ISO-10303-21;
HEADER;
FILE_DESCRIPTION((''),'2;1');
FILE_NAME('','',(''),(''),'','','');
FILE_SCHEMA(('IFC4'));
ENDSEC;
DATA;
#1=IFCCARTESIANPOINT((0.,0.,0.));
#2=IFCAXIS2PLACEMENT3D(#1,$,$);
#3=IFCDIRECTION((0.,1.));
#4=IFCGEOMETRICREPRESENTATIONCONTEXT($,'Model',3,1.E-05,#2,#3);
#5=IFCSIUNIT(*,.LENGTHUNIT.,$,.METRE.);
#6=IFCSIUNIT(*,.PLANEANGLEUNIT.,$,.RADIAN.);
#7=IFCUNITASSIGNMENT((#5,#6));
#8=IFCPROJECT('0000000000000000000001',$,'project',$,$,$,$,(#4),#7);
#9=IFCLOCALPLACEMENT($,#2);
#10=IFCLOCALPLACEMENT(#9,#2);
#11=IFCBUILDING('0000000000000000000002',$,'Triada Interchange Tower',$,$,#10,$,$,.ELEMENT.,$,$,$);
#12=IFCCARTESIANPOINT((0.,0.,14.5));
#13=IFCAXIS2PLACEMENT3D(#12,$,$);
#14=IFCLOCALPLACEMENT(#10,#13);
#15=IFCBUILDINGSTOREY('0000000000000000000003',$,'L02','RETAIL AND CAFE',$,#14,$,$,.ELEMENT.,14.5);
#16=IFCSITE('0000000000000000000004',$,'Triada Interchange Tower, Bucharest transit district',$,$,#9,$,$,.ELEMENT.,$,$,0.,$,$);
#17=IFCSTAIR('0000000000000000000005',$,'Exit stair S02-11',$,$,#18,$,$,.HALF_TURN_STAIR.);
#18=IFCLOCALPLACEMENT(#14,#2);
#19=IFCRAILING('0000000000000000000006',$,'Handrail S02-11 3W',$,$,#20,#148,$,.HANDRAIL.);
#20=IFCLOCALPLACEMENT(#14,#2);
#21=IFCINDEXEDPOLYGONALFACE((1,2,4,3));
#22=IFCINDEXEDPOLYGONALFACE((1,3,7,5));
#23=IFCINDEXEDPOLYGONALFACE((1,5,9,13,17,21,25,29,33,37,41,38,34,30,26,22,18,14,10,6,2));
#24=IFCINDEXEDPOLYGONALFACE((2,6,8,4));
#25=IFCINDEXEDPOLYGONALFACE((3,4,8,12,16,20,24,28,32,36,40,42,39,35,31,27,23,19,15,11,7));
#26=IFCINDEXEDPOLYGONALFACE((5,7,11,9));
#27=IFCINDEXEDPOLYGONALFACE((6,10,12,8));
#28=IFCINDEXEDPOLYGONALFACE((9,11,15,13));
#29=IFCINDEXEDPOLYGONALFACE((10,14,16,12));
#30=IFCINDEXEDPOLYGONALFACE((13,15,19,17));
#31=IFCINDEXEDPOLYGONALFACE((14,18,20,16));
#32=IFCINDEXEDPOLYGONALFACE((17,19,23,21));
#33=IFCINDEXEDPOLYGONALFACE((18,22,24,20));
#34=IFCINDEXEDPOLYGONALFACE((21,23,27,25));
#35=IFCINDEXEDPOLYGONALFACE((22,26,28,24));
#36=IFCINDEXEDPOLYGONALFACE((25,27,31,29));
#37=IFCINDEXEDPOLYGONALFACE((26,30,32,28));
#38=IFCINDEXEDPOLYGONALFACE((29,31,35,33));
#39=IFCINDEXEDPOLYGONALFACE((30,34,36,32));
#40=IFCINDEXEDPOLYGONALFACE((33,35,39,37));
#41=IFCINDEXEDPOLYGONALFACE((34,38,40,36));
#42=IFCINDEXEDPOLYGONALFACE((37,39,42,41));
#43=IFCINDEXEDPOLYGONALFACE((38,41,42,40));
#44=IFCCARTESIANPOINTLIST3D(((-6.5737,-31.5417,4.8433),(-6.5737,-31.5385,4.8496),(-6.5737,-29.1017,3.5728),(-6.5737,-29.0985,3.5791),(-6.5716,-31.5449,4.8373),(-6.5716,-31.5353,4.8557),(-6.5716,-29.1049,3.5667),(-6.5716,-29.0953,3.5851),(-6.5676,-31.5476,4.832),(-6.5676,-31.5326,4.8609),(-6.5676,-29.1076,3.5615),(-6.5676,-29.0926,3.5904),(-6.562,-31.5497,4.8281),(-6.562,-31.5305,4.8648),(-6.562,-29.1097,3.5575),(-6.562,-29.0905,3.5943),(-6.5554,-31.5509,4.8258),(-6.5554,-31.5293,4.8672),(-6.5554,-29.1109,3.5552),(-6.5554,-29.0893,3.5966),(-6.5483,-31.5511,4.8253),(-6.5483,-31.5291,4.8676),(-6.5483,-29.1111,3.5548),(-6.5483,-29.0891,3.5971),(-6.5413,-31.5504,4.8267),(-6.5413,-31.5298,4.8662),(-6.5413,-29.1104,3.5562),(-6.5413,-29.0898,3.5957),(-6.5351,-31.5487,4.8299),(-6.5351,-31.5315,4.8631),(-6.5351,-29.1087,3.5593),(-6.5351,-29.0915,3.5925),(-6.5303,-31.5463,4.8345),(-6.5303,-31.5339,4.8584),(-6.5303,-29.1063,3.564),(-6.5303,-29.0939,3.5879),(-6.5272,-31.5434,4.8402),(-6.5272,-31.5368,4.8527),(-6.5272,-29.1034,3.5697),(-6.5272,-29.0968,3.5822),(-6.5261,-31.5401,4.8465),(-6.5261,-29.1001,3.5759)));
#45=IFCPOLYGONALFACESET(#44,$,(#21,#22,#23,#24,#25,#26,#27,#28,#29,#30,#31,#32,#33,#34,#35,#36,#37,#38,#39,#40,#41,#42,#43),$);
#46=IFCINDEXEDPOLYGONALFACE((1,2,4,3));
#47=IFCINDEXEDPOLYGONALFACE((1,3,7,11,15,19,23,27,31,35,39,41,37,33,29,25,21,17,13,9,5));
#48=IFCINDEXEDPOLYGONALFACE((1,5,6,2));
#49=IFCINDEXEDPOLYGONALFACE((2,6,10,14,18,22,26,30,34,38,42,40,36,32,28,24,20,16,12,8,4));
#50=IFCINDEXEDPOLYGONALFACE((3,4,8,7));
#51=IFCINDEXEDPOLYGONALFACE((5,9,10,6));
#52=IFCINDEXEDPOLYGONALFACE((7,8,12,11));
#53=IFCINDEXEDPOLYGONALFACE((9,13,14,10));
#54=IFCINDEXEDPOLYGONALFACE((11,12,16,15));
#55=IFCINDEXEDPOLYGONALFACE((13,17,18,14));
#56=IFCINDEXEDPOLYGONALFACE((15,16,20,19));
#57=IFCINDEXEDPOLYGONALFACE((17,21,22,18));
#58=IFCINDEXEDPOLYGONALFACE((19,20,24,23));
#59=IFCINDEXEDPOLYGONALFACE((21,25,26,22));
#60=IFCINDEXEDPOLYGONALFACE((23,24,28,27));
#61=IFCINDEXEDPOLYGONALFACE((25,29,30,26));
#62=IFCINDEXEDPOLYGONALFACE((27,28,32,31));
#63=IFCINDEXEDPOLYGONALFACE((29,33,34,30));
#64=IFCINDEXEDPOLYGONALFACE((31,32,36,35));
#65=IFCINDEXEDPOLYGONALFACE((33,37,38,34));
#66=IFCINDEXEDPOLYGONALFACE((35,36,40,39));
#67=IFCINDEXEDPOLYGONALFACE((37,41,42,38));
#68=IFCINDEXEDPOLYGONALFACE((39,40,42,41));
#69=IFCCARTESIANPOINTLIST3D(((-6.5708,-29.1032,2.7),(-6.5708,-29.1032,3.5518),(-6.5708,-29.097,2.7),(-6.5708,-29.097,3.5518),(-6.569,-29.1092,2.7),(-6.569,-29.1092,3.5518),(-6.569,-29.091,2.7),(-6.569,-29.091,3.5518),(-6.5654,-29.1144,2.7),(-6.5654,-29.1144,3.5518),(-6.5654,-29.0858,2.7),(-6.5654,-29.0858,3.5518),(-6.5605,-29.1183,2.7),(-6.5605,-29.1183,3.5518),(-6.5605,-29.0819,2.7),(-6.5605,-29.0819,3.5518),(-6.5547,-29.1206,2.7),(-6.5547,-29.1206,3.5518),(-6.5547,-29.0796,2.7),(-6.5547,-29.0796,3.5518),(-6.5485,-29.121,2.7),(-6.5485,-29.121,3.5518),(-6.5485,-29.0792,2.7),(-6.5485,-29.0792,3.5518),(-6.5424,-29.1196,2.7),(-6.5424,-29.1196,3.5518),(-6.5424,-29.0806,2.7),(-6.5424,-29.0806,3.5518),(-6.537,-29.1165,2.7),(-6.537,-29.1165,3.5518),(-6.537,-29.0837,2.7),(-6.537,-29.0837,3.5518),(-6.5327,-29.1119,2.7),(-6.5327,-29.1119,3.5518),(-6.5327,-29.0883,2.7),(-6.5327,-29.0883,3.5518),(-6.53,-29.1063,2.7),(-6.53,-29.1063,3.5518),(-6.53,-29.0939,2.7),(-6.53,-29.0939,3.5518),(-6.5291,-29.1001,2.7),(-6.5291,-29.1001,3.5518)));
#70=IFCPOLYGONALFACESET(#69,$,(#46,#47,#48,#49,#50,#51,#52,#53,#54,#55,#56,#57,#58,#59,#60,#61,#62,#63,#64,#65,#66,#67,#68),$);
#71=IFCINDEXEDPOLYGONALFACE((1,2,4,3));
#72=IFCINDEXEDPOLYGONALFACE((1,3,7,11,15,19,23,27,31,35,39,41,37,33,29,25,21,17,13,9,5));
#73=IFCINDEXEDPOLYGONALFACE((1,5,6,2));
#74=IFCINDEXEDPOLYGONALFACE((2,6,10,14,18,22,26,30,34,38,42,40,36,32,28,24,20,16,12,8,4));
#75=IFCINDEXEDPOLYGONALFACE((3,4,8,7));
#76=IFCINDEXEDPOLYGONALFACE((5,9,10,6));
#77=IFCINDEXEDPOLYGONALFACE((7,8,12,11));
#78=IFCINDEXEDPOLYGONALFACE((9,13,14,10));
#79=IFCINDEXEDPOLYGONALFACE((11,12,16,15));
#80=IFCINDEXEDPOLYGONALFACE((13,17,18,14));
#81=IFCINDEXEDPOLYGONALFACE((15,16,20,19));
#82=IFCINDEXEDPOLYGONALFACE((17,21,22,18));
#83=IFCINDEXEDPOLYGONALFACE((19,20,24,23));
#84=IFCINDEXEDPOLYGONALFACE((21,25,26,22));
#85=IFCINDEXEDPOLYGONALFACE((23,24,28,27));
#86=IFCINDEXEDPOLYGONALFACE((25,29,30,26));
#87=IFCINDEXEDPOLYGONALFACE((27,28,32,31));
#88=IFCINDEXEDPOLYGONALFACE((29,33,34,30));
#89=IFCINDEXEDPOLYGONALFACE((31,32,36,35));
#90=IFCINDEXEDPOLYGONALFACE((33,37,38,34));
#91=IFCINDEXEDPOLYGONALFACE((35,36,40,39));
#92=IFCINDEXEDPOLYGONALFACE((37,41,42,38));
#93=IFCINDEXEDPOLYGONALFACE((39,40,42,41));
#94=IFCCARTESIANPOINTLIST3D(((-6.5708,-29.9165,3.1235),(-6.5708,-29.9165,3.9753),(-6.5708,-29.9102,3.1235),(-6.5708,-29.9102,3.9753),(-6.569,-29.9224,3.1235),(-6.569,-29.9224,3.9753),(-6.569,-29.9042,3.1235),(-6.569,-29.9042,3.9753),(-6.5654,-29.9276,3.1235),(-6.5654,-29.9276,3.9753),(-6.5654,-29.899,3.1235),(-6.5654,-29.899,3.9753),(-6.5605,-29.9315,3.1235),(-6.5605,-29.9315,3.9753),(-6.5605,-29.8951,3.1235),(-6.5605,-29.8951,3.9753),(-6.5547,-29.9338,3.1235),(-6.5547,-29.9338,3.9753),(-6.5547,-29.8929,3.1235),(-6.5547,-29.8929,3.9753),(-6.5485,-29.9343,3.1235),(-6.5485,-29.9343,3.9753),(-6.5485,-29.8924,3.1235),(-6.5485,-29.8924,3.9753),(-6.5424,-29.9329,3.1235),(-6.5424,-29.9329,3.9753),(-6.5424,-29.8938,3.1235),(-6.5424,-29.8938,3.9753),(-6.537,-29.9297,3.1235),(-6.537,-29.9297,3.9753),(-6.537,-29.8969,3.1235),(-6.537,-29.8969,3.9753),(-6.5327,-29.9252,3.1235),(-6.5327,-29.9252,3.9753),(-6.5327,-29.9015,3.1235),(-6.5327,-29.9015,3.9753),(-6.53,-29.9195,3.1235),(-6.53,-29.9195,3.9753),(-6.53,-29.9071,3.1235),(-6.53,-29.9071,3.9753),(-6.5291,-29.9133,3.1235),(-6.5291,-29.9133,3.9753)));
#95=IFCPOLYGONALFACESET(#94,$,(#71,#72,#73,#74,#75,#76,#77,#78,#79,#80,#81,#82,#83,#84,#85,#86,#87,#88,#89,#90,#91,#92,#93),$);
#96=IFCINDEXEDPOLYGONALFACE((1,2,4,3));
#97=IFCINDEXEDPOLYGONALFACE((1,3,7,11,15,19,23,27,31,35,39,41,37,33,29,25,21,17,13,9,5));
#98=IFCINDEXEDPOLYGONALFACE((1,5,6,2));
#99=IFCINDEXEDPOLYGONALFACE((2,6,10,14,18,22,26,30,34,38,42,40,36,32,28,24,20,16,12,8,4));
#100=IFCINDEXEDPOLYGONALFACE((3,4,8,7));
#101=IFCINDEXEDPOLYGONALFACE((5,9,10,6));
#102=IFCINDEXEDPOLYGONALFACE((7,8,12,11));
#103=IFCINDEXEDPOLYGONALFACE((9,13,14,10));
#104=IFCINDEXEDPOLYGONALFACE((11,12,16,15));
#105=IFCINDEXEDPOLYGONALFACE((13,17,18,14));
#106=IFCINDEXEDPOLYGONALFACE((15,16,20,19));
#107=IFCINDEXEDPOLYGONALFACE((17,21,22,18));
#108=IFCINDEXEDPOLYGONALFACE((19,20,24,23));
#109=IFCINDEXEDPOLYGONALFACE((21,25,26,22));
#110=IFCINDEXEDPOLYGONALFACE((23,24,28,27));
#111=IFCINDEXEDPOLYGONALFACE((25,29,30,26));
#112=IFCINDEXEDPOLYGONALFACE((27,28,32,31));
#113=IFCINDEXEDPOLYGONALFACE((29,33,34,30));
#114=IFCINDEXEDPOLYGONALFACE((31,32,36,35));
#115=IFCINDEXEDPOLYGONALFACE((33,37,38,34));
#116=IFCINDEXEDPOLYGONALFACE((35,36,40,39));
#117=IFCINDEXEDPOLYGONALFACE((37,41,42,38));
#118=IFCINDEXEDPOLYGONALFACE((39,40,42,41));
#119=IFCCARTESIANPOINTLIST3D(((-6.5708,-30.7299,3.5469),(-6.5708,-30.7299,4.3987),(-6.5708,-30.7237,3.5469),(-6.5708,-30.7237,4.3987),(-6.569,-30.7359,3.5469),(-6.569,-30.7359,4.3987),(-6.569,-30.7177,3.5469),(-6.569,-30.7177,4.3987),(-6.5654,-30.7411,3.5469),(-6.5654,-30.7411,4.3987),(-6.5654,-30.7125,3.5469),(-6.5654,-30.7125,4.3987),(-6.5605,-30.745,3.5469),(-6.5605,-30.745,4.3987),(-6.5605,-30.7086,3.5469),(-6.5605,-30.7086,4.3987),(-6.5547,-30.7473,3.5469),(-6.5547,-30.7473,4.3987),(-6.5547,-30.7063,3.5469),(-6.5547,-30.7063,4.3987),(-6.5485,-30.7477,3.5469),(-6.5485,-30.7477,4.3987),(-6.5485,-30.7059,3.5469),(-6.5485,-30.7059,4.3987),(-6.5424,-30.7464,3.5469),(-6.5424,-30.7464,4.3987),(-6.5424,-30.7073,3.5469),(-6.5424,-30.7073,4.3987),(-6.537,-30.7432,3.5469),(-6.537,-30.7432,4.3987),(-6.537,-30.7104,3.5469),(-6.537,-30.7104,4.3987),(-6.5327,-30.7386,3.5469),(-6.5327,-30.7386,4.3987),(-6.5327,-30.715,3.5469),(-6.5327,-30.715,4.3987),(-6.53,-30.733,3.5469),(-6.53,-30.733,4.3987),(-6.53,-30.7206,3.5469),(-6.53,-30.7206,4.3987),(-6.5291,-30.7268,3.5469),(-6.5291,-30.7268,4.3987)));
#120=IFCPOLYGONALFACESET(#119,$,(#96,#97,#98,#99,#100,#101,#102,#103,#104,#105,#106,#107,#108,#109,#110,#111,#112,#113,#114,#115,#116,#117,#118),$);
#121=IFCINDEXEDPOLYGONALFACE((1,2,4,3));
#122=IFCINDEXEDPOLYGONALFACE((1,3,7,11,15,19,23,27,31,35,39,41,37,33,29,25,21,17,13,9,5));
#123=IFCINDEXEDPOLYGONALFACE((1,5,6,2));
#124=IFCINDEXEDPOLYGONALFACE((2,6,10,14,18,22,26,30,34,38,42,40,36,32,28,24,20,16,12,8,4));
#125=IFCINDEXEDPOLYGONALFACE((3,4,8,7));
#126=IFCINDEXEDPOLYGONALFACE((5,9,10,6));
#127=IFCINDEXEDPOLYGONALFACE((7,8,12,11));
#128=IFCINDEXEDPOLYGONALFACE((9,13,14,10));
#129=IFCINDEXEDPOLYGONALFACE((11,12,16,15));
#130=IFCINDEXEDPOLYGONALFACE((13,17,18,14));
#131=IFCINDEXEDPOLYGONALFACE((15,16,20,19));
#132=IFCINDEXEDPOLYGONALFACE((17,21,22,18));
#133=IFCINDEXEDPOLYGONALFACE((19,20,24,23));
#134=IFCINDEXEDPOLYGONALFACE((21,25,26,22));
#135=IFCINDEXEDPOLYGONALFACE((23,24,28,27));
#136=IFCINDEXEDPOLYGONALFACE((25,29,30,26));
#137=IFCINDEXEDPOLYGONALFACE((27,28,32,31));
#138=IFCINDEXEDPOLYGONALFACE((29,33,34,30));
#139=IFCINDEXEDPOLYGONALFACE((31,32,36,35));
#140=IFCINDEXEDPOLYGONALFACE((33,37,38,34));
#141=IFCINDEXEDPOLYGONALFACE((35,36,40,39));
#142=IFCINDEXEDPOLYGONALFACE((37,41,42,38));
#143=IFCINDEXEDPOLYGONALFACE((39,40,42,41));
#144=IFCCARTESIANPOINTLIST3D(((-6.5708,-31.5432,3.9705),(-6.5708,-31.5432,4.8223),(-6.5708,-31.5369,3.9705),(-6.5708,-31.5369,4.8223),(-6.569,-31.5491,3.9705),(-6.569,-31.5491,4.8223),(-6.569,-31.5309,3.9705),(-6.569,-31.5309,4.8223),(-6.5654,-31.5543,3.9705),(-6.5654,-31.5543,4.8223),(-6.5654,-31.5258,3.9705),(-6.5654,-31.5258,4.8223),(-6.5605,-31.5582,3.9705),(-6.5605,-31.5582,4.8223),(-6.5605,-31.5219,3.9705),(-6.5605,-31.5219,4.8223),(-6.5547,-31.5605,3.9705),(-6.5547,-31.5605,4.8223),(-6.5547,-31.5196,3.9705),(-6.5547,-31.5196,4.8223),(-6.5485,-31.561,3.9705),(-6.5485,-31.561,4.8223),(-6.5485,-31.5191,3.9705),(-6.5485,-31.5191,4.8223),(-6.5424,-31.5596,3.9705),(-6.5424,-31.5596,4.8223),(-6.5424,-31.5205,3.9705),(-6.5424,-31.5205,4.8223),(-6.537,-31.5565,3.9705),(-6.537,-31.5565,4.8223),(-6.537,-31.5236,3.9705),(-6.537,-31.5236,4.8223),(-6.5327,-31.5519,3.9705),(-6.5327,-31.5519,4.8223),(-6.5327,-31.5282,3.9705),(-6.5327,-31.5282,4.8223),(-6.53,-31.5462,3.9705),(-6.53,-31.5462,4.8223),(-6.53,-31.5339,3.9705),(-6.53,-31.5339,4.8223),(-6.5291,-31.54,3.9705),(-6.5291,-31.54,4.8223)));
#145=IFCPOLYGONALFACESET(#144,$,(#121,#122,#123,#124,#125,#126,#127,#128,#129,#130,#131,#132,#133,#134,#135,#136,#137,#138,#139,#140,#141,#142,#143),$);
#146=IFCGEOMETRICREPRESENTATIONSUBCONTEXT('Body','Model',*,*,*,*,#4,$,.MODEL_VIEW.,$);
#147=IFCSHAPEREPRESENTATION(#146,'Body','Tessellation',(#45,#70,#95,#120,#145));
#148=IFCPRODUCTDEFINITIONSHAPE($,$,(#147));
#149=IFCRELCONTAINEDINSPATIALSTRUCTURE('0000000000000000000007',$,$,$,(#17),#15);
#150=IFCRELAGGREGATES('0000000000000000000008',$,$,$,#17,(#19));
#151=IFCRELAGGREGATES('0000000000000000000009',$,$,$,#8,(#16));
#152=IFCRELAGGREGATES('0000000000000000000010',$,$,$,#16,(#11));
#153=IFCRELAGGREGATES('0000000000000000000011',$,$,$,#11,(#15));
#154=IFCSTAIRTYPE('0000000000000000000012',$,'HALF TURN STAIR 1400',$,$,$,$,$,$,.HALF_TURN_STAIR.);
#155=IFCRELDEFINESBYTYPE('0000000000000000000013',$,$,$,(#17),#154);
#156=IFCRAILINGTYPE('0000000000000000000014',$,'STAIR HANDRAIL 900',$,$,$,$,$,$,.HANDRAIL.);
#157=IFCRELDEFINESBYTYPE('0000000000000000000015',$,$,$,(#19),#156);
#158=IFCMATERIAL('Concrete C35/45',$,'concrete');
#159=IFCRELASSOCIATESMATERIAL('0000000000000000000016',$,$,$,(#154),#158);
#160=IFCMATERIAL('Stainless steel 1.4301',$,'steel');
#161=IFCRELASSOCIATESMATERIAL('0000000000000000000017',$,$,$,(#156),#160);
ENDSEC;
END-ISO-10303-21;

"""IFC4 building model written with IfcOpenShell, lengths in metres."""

from ifc_helpers import new_model, si_unit, direction, frame, origin, origin_2d, place, context, subcontext, project, spatial, circle, extrude, material, type_object, element, aggregate, save


model = new_model("IFC4")

# Units and contexts
model_context = context("Model", 3, precision=1e-05, world=origin(), true_north=direction((0.0, 1.0)))
body_context = subcontext(model_context, "Body", "Model", "MODEL_VIEW")
ifc_project = project(units=[si_unit("LENGTHUNIT", "METRE"), si_unit("PLANEANGLEUNIT", "RADIAN")], contexts=[model_context])

# Site, building, storey
site_placement = place(None, origin())
site = spatial("IfcSite", under=ifc_project, at=site_placement, Name="Triada Interchange Tower, Bucharest transit district", CompositionType="ELEMENT", RefElevation=0.0)
building_placement = place(site_placement, origin())
building = spatial("IfcBuilding", under=site, at=building_placement, Name="Triada Interchange Tower", CompositionType="ELEMENT")
storey_placement = place(building_placement, frame((0.0, 0.0, 14.5)))
storey = spatial("IfcBuildingStorey", under=building, at=storey_placement, Name="L02", Description="RETAIL AND CAFE", CompositionType="ELEMENT", Elevation=14.5)

# Shared definitions
ifc_material_1 = material(Name="Concrete C35/45", Category="concrete")

# Stair
stair_type = type_object("IfcStairType", Name="HALF TURN STAIR 1400", PredefinedType="HALF_TURN_STAIR", material=ifc_material_1)
stair_placement = place(storey_placement, origin())
stair = element("IfcStair", 1, at=stair_placement, inside=storey, type_object=stair_type, Name="Exit stair S02-11", PredefinedType="HALF_TURN_STAIR")

# Railing
ifc_material_2 = material(Name="Stainless steel 1.4301", Category="steel")
railing_type_1 = type_object("IfcRailingType", Name="STAIR HANDRAIL 900", PredefinedType="HANDRAIL", material=ifc_material_2)
railing_1_placement = place(storey_placement, frame((-6.55, -29.1001, 2.7)))
railing_1 = element("IfcRailing", 2, at=railing_1_placement, type_object=railing_type_1, Name="Handrail S02-11 3W", PredefinedType="HANDRAIL", context=body_context, shape_type="SweptSolid", body=[
    extrude(circle(Radius=0.0239, at=origin_2d()), frame((0.0, 0.0, 0.876), z_axis=(0.0, -0.886958, 0.46185), x_axis=(1.0, 0.0, 0.0)), (0.0, 0.0, 1.0), 2.751),
    extrude(circle(Radius=0.021, at=origin_2d()), origin(), (0.0, 0.0, 1.0), 0.8518),
    extrude(circle(Radius=0.021, at=origin_2d()), frame((0.0, -0.8132, 0.4236)), (0.0, 0.0, 1.0), 0.8518),
    extrude(circle(Radius=0.021, at=origin_2d()), frame((0.0, -1.6267, 0.8469)), (0.0, 0.0, 1.0), 0.8518),
    extrude(circle(Radius=0.021, at=origin_2d()), frame((0.0, -2.4399, 1.2705)), (0.0, 0.0, 1.0), 0.8518),
])
aggregate(stair, [railing_1])

save(model, "model.ifc")
